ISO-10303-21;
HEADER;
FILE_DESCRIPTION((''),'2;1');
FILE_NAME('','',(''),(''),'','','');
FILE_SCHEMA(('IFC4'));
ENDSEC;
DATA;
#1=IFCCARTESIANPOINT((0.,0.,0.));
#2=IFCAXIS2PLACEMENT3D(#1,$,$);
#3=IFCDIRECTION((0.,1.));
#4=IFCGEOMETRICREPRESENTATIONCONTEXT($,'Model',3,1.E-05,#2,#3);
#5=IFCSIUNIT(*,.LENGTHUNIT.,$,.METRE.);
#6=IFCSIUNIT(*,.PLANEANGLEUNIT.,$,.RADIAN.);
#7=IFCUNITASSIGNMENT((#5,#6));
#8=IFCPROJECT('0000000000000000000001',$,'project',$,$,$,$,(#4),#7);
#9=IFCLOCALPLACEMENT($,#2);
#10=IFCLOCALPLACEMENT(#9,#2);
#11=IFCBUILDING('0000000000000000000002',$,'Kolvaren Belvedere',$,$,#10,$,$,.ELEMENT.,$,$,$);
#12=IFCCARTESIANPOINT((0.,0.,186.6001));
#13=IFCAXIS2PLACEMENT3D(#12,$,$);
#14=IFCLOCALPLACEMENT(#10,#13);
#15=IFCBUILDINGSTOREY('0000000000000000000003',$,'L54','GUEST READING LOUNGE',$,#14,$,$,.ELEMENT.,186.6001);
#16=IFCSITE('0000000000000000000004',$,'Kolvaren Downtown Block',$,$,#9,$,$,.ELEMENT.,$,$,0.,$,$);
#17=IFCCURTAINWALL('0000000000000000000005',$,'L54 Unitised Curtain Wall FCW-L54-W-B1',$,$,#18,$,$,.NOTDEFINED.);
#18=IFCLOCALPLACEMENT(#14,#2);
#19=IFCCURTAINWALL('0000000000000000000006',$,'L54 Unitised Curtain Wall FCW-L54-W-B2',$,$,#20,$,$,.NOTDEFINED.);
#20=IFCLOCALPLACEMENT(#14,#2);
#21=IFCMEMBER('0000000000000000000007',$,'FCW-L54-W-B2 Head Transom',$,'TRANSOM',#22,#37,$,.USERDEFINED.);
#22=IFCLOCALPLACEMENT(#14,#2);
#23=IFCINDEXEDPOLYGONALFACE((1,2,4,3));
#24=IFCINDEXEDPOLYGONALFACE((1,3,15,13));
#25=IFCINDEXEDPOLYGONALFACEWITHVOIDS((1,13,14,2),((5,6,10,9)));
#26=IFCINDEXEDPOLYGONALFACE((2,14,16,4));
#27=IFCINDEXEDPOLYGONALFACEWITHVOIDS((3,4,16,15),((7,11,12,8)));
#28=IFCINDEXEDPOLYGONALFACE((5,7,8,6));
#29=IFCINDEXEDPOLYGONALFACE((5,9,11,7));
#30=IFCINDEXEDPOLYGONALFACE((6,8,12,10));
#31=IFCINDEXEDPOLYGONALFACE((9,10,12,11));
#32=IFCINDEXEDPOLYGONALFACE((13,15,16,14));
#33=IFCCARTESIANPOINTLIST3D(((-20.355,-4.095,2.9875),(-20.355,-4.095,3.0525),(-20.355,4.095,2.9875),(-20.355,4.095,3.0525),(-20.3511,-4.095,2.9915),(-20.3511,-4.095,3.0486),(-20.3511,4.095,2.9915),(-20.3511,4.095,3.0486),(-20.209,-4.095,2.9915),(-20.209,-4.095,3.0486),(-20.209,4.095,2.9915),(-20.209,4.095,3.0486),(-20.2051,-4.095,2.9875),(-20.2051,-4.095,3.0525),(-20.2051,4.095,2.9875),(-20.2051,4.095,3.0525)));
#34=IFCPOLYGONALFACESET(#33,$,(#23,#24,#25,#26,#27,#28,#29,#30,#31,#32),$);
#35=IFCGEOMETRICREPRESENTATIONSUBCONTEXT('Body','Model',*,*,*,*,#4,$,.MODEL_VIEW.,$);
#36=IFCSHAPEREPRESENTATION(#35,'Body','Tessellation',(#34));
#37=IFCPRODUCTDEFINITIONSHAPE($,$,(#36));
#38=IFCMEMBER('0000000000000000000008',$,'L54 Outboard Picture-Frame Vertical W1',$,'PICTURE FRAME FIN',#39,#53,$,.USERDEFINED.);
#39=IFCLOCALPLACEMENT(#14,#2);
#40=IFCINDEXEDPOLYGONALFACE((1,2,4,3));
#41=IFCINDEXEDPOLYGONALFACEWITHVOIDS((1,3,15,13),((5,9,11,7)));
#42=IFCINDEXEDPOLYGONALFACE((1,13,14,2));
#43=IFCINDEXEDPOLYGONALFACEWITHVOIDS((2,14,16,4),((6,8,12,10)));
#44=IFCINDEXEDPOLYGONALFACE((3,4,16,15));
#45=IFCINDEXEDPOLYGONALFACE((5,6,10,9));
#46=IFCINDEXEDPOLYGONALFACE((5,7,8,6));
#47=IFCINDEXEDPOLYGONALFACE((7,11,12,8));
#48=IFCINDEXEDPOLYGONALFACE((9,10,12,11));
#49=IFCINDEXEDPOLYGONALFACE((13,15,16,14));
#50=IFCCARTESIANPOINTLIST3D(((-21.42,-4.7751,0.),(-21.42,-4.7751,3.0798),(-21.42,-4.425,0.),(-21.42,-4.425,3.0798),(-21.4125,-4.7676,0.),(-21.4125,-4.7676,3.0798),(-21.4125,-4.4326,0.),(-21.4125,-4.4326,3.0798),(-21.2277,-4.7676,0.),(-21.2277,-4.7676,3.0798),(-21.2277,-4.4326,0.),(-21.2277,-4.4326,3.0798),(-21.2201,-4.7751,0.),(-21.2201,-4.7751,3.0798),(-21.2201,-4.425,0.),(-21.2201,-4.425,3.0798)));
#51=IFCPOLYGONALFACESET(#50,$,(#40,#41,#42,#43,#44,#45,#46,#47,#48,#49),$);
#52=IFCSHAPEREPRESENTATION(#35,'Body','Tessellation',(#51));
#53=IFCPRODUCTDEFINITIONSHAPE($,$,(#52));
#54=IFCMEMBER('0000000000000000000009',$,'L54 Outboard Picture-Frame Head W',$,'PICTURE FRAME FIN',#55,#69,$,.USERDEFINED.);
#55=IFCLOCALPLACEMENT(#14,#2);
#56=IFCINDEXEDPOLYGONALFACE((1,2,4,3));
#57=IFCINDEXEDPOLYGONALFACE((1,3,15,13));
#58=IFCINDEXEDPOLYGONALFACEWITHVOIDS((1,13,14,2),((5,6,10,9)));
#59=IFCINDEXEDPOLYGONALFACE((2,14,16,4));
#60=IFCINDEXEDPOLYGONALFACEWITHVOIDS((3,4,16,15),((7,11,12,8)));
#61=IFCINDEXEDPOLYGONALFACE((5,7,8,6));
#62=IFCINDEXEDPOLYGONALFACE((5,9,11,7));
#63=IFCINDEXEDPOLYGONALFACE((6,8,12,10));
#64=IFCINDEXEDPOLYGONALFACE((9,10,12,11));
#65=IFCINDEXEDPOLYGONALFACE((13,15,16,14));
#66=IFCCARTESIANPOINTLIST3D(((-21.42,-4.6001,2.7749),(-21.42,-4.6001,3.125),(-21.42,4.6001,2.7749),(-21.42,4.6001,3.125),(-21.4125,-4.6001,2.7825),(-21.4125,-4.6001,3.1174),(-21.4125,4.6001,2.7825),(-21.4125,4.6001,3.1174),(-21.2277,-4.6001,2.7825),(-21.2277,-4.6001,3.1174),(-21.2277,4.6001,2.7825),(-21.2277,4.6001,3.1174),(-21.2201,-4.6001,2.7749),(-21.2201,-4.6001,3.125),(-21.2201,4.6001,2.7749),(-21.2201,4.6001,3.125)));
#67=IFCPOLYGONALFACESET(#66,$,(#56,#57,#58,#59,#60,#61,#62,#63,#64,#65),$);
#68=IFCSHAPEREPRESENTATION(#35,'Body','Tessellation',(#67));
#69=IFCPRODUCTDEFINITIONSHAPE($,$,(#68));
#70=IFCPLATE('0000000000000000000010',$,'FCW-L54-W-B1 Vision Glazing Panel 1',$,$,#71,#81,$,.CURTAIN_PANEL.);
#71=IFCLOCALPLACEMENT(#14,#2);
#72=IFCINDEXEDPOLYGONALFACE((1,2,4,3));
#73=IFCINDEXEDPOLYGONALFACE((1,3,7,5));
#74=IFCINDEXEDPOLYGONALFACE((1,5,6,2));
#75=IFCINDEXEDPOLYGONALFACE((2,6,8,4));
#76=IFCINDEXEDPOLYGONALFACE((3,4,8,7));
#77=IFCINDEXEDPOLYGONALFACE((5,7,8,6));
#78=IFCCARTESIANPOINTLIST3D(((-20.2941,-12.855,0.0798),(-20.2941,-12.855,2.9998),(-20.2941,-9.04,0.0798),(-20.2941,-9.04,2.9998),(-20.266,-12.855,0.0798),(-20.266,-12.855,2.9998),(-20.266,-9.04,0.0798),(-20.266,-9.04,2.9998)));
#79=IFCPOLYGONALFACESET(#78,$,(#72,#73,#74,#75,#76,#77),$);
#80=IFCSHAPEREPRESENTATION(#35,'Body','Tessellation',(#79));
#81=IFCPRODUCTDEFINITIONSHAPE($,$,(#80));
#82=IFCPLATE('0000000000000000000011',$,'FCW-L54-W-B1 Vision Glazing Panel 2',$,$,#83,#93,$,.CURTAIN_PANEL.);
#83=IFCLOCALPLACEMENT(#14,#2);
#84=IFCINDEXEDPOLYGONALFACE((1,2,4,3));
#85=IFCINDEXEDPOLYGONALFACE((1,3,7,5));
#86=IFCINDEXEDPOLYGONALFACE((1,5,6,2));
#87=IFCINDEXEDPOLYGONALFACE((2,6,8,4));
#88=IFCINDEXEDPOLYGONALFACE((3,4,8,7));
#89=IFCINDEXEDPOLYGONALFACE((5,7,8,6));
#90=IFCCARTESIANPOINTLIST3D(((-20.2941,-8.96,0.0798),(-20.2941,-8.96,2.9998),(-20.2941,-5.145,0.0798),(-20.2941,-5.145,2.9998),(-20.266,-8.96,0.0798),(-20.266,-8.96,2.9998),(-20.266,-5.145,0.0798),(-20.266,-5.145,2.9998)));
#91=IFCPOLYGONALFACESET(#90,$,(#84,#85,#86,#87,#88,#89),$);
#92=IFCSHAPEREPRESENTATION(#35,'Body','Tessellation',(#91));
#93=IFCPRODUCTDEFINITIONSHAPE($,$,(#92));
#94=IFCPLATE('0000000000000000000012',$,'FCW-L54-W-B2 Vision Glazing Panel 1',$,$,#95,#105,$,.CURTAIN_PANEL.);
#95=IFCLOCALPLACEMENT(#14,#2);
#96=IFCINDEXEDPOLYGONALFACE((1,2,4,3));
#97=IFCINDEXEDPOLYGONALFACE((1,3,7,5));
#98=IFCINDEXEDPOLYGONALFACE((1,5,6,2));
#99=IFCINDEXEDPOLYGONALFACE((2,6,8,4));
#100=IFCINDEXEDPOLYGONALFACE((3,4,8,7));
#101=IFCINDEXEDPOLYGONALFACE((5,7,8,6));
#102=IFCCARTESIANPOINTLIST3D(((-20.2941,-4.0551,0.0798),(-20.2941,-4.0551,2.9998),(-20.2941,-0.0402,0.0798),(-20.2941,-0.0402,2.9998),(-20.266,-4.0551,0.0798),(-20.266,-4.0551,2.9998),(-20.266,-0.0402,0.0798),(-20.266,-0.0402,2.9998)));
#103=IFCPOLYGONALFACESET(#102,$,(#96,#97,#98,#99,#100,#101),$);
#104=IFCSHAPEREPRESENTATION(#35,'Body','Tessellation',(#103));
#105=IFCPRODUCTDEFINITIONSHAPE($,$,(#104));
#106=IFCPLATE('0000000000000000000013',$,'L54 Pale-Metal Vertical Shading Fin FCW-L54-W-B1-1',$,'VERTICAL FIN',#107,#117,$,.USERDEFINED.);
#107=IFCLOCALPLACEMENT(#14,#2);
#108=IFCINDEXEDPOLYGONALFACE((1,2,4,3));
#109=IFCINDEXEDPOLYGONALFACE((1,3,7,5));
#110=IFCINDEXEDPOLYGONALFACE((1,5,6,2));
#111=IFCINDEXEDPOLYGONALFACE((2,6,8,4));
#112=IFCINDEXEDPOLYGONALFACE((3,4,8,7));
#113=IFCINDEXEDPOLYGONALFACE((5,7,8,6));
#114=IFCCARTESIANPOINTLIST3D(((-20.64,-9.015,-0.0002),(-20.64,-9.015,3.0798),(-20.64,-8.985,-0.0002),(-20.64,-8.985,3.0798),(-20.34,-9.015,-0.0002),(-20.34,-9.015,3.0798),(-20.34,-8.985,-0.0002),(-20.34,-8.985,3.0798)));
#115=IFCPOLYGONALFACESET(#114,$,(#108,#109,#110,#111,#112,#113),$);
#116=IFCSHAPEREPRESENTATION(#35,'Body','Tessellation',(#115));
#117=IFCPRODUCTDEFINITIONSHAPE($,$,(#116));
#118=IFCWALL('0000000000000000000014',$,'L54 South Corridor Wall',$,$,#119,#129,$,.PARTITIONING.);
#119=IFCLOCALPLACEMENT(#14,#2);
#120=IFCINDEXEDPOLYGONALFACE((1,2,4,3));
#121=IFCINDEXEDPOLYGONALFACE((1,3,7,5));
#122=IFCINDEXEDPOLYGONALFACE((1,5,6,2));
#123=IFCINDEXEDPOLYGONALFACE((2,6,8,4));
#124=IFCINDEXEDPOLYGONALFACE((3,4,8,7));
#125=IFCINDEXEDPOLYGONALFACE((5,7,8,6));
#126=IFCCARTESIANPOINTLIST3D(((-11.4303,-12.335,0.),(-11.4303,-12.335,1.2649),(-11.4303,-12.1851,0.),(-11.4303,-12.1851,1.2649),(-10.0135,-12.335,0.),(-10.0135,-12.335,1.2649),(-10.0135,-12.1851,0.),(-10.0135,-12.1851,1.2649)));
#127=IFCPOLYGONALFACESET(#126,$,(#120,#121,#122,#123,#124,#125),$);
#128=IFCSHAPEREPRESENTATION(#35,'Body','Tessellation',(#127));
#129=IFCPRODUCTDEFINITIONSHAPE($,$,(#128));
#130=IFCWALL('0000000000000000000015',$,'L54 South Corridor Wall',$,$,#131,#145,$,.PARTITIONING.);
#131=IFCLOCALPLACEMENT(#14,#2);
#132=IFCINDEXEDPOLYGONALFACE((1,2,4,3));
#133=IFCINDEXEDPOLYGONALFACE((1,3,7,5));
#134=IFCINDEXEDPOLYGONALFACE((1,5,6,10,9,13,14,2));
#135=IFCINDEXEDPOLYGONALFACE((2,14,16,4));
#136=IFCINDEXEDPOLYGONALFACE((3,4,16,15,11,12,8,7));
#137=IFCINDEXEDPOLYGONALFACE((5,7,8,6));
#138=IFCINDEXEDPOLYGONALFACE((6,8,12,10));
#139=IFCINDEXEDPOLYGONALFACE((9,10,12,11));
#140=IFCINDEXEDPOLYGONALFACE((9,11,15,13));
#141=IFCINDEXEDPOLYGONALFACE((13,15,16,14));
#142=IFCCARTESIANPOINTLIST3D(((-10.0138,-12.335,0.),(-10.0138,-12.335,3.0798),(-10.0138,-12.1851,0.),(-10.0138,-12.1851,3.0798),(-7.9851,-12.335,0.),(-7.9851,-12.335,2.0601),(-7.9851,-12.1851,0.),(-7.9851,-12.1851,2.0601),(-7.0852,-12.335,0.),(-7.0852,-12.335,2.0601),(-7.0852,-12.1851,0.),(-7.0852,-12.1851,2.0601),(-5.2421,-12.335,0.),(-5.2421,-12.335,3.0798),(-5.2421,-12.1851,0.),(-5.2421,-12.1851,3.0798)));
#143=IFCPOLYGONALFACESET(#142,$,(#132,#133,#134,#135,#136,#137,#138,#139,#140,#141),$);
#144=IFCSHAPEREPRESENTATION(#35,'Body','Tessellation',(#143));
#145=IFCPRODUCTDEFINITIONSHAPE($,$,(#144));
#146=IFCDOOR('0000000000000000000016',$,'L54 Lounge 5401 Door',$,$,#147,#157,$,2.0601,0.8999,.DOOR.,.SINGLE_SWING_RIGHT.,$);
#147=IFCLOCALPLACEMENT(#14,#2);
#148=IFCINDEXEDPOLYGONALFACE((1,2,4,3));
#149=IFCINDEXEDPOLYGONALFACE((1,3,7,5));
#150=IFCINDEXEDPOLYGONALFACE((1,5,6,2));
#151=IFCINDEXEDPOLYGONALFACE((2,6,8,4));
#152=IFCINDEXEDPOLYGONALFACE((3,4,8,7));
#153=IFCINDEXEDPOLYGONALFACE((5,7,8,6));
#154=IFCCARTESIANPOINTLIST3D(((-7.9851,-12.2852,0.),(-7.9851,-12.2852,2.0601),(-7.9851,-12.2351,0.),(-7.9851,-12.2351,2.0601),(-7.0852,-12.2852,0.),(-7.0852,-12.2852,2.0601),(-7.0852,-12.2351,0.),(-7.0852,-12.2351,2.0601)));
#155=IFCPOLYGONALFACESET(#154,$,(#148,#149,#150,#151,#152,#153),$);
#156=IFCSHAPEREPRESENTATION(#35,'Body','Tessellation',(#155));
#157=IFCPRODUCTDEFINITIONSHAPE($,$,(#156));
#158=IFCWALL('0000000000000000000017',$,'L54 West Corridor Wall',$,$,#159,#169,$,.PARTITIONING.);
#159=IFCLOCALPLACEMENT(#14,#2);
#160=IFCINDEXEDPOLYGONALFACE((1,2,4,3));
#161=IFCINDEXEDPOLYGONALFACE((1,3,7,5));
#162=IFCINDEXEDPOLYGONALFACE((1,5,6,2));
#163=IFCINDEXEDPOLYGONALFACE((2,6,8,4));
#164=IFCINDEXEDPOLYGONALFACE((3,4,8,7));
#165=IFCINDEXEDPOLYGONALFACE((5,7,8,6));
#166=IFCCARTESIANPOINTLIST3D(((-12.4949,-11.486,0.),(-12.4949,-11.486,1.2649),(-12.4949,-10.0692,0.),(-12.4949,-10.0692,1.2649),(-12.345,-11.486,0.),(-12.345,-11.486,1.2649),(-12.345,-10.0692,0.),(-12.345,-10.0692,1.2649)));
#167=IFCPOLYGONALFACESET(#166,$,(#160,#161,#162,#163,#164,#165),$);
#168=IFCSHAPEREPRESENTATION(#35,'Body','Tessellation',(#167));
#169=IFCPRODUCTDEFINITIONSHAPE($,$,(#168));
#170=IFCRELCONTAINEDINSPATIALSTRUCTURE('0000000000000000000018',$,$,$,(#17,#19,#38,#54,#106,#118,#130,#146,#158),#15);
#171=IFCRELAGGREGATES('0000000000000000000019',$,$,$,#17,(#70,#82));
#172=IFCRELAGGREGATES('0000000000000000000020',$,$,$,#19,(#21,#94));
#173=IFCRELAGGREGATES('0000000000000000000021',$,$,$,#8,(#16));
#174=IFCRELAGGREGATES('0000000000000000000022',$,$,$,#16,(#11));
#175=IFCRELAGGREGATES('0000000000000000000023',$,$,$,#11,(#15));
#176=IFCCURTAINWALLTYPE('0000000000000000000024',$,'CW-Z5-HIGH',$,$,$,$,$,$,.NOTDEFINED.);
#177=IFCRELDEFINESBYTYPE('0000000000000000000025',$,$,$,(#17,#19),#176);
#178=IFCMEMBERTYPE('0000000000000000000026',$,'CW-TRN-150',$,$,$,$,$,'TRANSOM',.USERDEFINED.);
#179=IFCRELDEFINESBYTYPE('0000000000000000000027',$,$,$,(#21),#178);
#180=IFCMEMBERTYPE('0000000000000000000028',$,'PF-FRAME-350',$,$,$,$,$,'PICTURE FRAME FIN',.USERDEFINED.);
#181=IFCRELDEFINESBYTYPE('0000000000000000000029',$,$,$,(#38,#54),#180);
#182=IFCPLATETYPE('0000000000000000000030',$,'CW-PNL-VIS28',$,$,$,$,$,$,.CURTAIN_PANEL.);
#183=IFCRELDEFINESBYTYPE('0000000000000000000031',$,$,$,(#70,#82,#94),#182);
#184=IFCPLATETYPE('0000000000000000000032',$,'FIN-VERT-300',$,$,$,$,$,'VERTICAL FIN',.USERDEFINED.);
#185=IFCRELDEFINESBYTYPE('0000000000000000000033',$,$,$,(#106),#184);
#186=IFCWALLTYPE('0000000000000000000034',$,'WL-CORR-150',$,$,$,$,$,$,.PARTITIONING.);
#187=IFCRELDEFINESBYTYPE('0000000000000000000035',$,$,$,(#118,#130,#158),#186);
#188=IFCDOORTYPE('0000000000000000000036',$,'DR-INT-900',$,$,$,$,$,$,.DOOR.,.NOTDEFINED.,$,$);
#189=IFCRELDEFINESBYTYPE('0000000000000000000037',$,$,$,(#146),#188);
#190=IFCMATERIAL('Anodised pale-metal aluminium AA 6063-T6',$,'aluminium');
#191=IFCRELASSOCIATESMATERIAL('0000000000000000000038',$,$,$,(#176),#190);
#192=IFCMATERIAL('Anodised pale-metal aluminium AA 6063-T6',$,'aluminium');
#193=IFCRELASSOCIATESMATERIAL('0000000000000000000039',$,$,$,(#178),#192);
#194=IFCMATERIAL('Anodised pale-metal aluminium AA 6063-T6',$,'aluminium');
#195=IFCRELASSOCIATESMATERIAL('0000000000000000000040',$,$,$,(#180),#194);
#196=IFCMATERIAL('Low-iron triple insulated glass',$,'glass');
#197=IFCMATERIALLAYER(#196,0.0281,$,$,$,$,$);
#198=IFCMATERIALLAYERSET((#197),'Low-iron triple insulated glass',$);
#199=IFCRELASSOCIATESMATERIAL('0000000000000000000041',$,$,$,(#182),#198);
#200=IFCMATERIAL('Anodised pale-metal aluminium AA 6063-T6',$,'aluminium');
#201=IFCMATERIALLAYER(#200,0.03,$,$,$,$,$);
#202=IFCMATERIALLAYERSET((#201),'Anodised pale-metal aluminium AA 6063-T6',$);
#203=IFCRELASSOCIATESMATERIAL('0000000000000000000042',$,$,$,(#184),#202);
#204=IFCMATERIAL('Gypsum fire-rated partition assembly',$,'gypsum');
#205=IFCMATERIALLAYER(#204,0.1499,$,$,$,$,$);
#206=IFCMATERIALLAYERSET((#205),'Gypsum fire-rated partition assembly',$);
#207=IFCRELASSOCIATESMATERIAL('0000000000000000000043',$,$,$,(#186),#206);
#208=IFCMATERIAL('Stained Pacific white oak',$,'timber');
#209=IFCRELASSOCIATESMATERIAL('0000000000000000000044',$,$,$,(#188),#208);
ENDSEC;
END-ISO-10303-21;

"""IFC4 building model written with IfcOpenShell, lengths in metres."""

from ifc_helpers import new_model, si_unit, direction, frame, frame_2d, origin, origin_2d, place, context, subcontext, project, spatial, rectangle, hollow_rectangle, extrude, material, layer, layer_set, material_profile, profile_set, type_object, element, fill, aggregate, save


model = new_model("IFC4")

# Units and contexts
model_context = context("Model", 3, precision=1e-05, world=origin(), true_north=direction((0.0, 1.0)))
body_context = subcontext(model_context, "Body", "Model", "MODEL_VIEW")
ifc_project = project(units=[si_unit("LENGTHUNIT", "METRE"), si_unit("PLANEANGLEUNIT", "RADIAN")], contexts=[model_context])

# Site, building, storey
site_placement = place(None, origin())
site = spatial("IfcSite", under=ifc_project, at=site_placement, Name="Kolvaren Downtown Block", CompositionType="ELEMENT", RefElevation=0.0)
building_placement = place(site_placement, origin())
building = spatial("IfcBuilding", under=site, at=building_placement, Name="Kolvaren Belvedere", CompositionType="ELEMENT")
storey_placement = place(building_placement, frame((0.0, 0.0, 186.6001)))
storey = spatial("IfcBuildingStorey", under=building, at=storey_placement, Name="L54", Description="GUEST READING LOUNGE", CompositionType="ELEMENT", Elevation=186.6001)

# Curtain walls, member
ifc_material_1 = material(Name="Anodised pale-metal aluminium AA 6063-T6", Category="aluminium")
curtain_wall_type = type_object("IfcCurtainWallType", Name="CW-Z5-HIGH", PredefinedType="NOTDEFINED", material=ifc_material_1)
curtain_wall_1_placement = place(storey_placement, origin())
curtain_wall_1 = element("IfcCurtainWall", 1, at=curtain_wall_1_placement, inside=storey, type_object=curtain_wall_type, Name="L54 Unitised Curtain Wall FCW-L54-W-B1", PredefinedType="NOTDEFINED")
curtain_wall_2_placement = place(storey_placement, origin())
curtain_wall_2 = element("IfcCurtainWall", 2, at=curtain_wall_2_placement, inside=storey, type_object=curtain_wall_type, Name="L54 Unitised Curtain Wall FCW-L54-W-B2", PredefinedType="NOTDEFINED")
ifc_material_2 = material(Name="Anodised pale-metal aluminium AA 6063-T6", Category="aluminium")
ifc_material_profile_1 = material_profile(ifc_material_2, hollow_rectangle(XDim=0.0649, YDim=0.1499, WallThickness=0.0039, at=origin_2d()), Name="ALU-TRN-150X65")
ifc_profile_set_1 = profile_set([ifc_material_profile_1], Name="Anodised pale-metal aluminium AA 6063-T6")
member_type_1 = type_object("IfcMemberType", Name="CW-TRN-150", ElementType="TRANSOM", PredefinedType="USERDEFINED", material=ifc_profile_set_1)
member_1_placement = place(storey_placement, frame((-20.28, -4.095, 3.02), z_axis=(0.0, 1.0, 0.0), x_axis=(0.0, 0.0, 1.0)))
member_1 = element("IfcMember", 3, at=member_1_placement, type_object=member_type_1, Name="FCW-L54-W-B2 Head Transom", ObjectType="TRANSOM", PredefinedType="USERDEFINED", context=body_context, shape_type="SweptSolid", body=[
    extrude(hollow_rectangle(XDim=0.0649, YDim=0.1499, WallThickness=0.0039, at=origin_2d()), origin(), (0.0, 0.0, 1.0), 8.1899),
])

# Members
ifc_material_3 = material(Name="Anodised pale-metal aluminium AA 6063-T6", Category="aluminium")
ifc_material_profile_2 = material_profile(ifc_material_3, hollow_rectangle(XDim=0.2, YDim=0.3501, WallThickness=0.0076, at=origin_2d()), Name="ALU-PF-350X200")
ifc_profile_set_2 = profile_set([ifc_material_profile_2], Name="Anodised pale-metal aluminium AA 6063-T6")
member_type_2 = type_object("IfcMemberType", Name="PF-FRAME-350", ElementType="PICTURE FRAME FIN", PredefinedType="USERDEFINED", material=ifc_profile_set_2)
member_2_placement = place(storey_placement, frame((-21.3201, -4.6001, 0.0), z_axis=(0.0, 0.0, 1.0), x_axis=(1.0, 0.0, 0.0)))
element("IfcMember", 4, at=member_2_placement, inside=storey, type_object=member_type_2, Name="L54 Outboard Picture-Frame Vertical W1", ObjectType="PICTURE FRAME FIN", PredefinedType="USERDEFINED", context=body_context, shape_type="SweptSolid", body=[
    extrude(hollow_rectangle(XDim=0.2, YDim=0.3501, WallThickness=0.0076, at=origin_2d()), origin(), (0.0, 0.0, 1.0), 3.0798),
])
member_3_placement = place(storey_placement, frame((-21.3201, -4.6001, 2.95), z_axis=(0.0, 1.0, 0.0), x_axis=(-1.0, 0.0, 0.0)))
element("IfcMember", 5, at=member_3_placement, inside=storey, type_object=member_type_2, Name="L54 Outboard Picture-Frame Head W", ObjectType="PICTURE FRAME FIN", PredefinedType="USERDEFINED", context=body_context, shape_type="SweptSolid", body=[
    extrude(hollow_rectangle(XDim=0.2, YDim=0.3501, WallThickness=0.0076, at=origin_2d()), origin(), (0.0, 0.0, 1.0), 9.2002),
])

# Plates
ifc_material_4 = material(Name="Low-iron triple insulated glass", Category="glass")
ifc_layer_1 = layer(ifc_material_4, 0.0281)
ifc_layer_set_1 = layer_set([ifc_layer_1], Name="Low-iron triple insulated glass")
plate_type_1 = type_object("IfcPlateType", Name="CW-PNL-VIS28", PredefinedType="CURTAIN_PANEL", material=ifc_layer_set_1)
plate_1_placement = place(storey_placement, frame((-20.28, -10.9475, 0.0798), z_axis=(0.0, 0.0, 1.0), x_axis=(0.0, 1.0, 0.0)))
plate_1 = element("IfcPlate", 6, at=plate_1_placement, type_object=plate_type_1, Name="FCW-L54-W-B1 Vision Glazing Panel 1", PredefinedType="CURTAIN_PANEL", context=body_context, shape_type="SweptSolid", body=[
    extrude(rectangle(XDim=3.8149, YDim=0.0281, at=origin_2d()), origin(), (0.0, 0.0, 1.0), 2.9199),
])
plate_2_placement = place(storey_placement, frame((-20.28, -7.0525, 0.0798), z_axis=(0.0, 0.0, 1.0), x_axis=(0.0, 1.0, 0.0)))
plate_2 = element("IfcPlate", 7, at=plate_2_placement, type_object=plate_type_1, Name="FCW-L54-W-B1 Vision Glazing Panel 2", PredefinedType="CURTAIN_PANEL", context=body_context, shape_type="SweptSolid", body=[
    extrude(rectangle(XDim=3.8149, YDim=0.0281, at=origin_2d()), origin(), (0.0, 0.0, 1.0), 2.9199),
])
aggregate(curtain_wall_1, [plate_1, plate_2])
plate_3_placement = place(storey_placement, frame((-20.28, -2.0476, 0.0798), z_axis=(0.0, 0.0, 1.0), x_axis=(0.0, 1.0, 0.0)))
plate_3 = element("IfcPlate", 8, at=plate_3_placement, type_object=plate_type_1, Name="FCW-L54-W-B2 Vision Glazing Panel 1", PredefinedType="CURTAIN_PANEL", context=body_context, shape_type="SweptSolid", body=[
    extrude(rectangle(XDim=4.0149, YDim=0.0281, at=origin_2d()), origin(), (0.0, 0.0, 1.0), 2.9199),
])
aggregate(curtain_wall_2, [member_1, plate_3])
ifc_material_5 = material(Name="Anodised pale-metal aluminium AA 6063-T6", Category="aluminium")
ifc_layer_2 = layer(ifc_material_5, 0.03)
ifc_layer_set_2 = layer_set([ifc_layer_2], Name="Anodised pale-metal aluminium AA 6063-T6")
plate_type_2 = type_object("IfcPlateType", Name="FIN-VERT-300", ElementType="VERTICAL FIN", PredefinedType="USERDEFINED", material=ifc_layer_set_2)
plate_4_placement = place(storey_placement, frame((-20.49, -9.0, -0.0002), z_axis=(0.0, 0.0, 1.0), x_axis=(1.0, 0.0, 0.0)))
element("IfcPlate", 9, at=plate_4_placement, inside=storey, type_object=plate_type_2, Name="L54 Pale-Metal Vertical Shading Fin FCW-L54-W-B1-1", ObjectType="VERTICAL FIN", PredefinedType="USERDEFINED", context=body_context, shape_type="SweptSolid", body=[
    extrude(rectangle(XDim=0.3, YDim=0.03, at=origin_2d()), origin(), (0.0, 0.0, 1.0), 3.0801),
])

# Wall
ifc_material_6 = material(Name="Gypsum fire-rated partition assembly", Category="gypsum")
ifc_layer_3 = layer(ifc_material_6, 0.1499)
ifc_layer_set_3 = layer_set([ifc_layer_3], Name="Gypsum fire-rated partition assembly")
wall_type_1 = type_object("IfcWallType", Name="WL-CORR-150", PredefinedType="PARTITIONING", material=ifc_layer_set_3)
wall_1_placement = place(storey_placement, frame((-11.4304, -12.26, 0.0), z_axis=(0.0, 0.0, 1.0), x_axis=(1.0, 0.0, 0.0)))
element("IfcWall", 10, at=wall_1_placement, inside=storey, type_object=wall_type_1, Name="L54 South Corridor Wall", PredefinedType="PARTITIONING", context=body_context, shape_type="SweptSolid", body=[
    extrude(rectangle(XDim=1.4167, YDim=0.1499, at=frame_2d((0.7085, 0.0))), origin(), (0.0, 0.0, 1.0), 1.2649),
])

# Wall, opening, door
wall_2_placement = place(storey_placement, frame((-10.0137, -12.26, 0.0), z_axis=(0.0, 0.0, 1.0), x_axis=(1.0, 0.0, 0.0)))
wall_2 = element("IfcWall", 11, at=wall_2_placement, inside=storey, type_object=wall_type_1, Name="L54 South Corridor Wall", PredefinedType="PARTITIONING", context=body_context, shape_type="SweptSolid", body=[
    extrude(rectangle(XDim=4.7717, YDim=0.1499, at=frame_2d((2.3857, 0.0))), origin(), (0.0, 0.0, 1.0), 3.0798),
])
opening_1_placement = place(wall_2_placement, frame((2.0286, 0.0, 0.0)))
opening_1 = element("IfcOpeningElement", 12, at=opening_1_placement, cuts=wall_2, PredefinedType="OPENING", context=body_context, shape_type="SweptSolid", body=[
    extrude(rectangle(XDim=0.8999, YDim=2.0601, at=frame_2d((0.45, 1.03))), frame((0.0, 0.085, 0.0), z_axis=(0.0, -1.0, 0.0), x_axis=(1.0, 0.0, 0.0)), (0.0, 0.0, 1.0), 0.1699),
])
ifc_material_7 = material(Name="Stained Pacific white oak", Category="timber")
door_type = type_object("IfcDoorType", Name="DR-INT-900", OperationType="NOTDEFINED", PredefinedType="DOOR", material=ifc_material_7)
door_1_placement = place(opening_1_placement, origin())
door_1 = element("IfcDoor", 13, at=door_1_placement, inside=storey, type_object=door_type, Name="L54 Lounge 5401 Door", OperationType="SINGLE_SWING_RIGHT", OverallHeight=2.0601, OverallWidth=0.8999, PredefinedType="DOOR", context=body_context, shape_type="SweptSolid", body=[
    extrude(rectangle(XDim=0.8999, YDim=2.0601, at=frame_2d((0.45, 1.03))), frame((0.0, 0.0249, 0.0), z_axis=(0.0, -1.0, 0.0), x_axis=(1.0, 0.0, 0.0)), (0.0, 0.0, 1.0), 0.05),
])
fill(opening_1, door_1)

# Wall
wall_3_placement = place(storey_placement, frame((-12.4199, -11.4861, 0.0), z_axis=(0.0, 0.0, 1.0), x_axis=(0.0, 1.0, 0.0)))
element("IfcWall", 14, at=wall_3_placement, inside=storey, type_object=wall_type_1, Name="L54 West Corridor Wall", PredefinedType="PARTITIONING", context=body_context, shape_type="SweptSolid", body=[
    extrude(rectangle(XDim=1.4167, YDim=0.1499, at=frame_2d((0.7085, 0.0))), origin(), (0.0, 0.0, 1.0), 1.2649),
])

save(model, "model.ifc")
